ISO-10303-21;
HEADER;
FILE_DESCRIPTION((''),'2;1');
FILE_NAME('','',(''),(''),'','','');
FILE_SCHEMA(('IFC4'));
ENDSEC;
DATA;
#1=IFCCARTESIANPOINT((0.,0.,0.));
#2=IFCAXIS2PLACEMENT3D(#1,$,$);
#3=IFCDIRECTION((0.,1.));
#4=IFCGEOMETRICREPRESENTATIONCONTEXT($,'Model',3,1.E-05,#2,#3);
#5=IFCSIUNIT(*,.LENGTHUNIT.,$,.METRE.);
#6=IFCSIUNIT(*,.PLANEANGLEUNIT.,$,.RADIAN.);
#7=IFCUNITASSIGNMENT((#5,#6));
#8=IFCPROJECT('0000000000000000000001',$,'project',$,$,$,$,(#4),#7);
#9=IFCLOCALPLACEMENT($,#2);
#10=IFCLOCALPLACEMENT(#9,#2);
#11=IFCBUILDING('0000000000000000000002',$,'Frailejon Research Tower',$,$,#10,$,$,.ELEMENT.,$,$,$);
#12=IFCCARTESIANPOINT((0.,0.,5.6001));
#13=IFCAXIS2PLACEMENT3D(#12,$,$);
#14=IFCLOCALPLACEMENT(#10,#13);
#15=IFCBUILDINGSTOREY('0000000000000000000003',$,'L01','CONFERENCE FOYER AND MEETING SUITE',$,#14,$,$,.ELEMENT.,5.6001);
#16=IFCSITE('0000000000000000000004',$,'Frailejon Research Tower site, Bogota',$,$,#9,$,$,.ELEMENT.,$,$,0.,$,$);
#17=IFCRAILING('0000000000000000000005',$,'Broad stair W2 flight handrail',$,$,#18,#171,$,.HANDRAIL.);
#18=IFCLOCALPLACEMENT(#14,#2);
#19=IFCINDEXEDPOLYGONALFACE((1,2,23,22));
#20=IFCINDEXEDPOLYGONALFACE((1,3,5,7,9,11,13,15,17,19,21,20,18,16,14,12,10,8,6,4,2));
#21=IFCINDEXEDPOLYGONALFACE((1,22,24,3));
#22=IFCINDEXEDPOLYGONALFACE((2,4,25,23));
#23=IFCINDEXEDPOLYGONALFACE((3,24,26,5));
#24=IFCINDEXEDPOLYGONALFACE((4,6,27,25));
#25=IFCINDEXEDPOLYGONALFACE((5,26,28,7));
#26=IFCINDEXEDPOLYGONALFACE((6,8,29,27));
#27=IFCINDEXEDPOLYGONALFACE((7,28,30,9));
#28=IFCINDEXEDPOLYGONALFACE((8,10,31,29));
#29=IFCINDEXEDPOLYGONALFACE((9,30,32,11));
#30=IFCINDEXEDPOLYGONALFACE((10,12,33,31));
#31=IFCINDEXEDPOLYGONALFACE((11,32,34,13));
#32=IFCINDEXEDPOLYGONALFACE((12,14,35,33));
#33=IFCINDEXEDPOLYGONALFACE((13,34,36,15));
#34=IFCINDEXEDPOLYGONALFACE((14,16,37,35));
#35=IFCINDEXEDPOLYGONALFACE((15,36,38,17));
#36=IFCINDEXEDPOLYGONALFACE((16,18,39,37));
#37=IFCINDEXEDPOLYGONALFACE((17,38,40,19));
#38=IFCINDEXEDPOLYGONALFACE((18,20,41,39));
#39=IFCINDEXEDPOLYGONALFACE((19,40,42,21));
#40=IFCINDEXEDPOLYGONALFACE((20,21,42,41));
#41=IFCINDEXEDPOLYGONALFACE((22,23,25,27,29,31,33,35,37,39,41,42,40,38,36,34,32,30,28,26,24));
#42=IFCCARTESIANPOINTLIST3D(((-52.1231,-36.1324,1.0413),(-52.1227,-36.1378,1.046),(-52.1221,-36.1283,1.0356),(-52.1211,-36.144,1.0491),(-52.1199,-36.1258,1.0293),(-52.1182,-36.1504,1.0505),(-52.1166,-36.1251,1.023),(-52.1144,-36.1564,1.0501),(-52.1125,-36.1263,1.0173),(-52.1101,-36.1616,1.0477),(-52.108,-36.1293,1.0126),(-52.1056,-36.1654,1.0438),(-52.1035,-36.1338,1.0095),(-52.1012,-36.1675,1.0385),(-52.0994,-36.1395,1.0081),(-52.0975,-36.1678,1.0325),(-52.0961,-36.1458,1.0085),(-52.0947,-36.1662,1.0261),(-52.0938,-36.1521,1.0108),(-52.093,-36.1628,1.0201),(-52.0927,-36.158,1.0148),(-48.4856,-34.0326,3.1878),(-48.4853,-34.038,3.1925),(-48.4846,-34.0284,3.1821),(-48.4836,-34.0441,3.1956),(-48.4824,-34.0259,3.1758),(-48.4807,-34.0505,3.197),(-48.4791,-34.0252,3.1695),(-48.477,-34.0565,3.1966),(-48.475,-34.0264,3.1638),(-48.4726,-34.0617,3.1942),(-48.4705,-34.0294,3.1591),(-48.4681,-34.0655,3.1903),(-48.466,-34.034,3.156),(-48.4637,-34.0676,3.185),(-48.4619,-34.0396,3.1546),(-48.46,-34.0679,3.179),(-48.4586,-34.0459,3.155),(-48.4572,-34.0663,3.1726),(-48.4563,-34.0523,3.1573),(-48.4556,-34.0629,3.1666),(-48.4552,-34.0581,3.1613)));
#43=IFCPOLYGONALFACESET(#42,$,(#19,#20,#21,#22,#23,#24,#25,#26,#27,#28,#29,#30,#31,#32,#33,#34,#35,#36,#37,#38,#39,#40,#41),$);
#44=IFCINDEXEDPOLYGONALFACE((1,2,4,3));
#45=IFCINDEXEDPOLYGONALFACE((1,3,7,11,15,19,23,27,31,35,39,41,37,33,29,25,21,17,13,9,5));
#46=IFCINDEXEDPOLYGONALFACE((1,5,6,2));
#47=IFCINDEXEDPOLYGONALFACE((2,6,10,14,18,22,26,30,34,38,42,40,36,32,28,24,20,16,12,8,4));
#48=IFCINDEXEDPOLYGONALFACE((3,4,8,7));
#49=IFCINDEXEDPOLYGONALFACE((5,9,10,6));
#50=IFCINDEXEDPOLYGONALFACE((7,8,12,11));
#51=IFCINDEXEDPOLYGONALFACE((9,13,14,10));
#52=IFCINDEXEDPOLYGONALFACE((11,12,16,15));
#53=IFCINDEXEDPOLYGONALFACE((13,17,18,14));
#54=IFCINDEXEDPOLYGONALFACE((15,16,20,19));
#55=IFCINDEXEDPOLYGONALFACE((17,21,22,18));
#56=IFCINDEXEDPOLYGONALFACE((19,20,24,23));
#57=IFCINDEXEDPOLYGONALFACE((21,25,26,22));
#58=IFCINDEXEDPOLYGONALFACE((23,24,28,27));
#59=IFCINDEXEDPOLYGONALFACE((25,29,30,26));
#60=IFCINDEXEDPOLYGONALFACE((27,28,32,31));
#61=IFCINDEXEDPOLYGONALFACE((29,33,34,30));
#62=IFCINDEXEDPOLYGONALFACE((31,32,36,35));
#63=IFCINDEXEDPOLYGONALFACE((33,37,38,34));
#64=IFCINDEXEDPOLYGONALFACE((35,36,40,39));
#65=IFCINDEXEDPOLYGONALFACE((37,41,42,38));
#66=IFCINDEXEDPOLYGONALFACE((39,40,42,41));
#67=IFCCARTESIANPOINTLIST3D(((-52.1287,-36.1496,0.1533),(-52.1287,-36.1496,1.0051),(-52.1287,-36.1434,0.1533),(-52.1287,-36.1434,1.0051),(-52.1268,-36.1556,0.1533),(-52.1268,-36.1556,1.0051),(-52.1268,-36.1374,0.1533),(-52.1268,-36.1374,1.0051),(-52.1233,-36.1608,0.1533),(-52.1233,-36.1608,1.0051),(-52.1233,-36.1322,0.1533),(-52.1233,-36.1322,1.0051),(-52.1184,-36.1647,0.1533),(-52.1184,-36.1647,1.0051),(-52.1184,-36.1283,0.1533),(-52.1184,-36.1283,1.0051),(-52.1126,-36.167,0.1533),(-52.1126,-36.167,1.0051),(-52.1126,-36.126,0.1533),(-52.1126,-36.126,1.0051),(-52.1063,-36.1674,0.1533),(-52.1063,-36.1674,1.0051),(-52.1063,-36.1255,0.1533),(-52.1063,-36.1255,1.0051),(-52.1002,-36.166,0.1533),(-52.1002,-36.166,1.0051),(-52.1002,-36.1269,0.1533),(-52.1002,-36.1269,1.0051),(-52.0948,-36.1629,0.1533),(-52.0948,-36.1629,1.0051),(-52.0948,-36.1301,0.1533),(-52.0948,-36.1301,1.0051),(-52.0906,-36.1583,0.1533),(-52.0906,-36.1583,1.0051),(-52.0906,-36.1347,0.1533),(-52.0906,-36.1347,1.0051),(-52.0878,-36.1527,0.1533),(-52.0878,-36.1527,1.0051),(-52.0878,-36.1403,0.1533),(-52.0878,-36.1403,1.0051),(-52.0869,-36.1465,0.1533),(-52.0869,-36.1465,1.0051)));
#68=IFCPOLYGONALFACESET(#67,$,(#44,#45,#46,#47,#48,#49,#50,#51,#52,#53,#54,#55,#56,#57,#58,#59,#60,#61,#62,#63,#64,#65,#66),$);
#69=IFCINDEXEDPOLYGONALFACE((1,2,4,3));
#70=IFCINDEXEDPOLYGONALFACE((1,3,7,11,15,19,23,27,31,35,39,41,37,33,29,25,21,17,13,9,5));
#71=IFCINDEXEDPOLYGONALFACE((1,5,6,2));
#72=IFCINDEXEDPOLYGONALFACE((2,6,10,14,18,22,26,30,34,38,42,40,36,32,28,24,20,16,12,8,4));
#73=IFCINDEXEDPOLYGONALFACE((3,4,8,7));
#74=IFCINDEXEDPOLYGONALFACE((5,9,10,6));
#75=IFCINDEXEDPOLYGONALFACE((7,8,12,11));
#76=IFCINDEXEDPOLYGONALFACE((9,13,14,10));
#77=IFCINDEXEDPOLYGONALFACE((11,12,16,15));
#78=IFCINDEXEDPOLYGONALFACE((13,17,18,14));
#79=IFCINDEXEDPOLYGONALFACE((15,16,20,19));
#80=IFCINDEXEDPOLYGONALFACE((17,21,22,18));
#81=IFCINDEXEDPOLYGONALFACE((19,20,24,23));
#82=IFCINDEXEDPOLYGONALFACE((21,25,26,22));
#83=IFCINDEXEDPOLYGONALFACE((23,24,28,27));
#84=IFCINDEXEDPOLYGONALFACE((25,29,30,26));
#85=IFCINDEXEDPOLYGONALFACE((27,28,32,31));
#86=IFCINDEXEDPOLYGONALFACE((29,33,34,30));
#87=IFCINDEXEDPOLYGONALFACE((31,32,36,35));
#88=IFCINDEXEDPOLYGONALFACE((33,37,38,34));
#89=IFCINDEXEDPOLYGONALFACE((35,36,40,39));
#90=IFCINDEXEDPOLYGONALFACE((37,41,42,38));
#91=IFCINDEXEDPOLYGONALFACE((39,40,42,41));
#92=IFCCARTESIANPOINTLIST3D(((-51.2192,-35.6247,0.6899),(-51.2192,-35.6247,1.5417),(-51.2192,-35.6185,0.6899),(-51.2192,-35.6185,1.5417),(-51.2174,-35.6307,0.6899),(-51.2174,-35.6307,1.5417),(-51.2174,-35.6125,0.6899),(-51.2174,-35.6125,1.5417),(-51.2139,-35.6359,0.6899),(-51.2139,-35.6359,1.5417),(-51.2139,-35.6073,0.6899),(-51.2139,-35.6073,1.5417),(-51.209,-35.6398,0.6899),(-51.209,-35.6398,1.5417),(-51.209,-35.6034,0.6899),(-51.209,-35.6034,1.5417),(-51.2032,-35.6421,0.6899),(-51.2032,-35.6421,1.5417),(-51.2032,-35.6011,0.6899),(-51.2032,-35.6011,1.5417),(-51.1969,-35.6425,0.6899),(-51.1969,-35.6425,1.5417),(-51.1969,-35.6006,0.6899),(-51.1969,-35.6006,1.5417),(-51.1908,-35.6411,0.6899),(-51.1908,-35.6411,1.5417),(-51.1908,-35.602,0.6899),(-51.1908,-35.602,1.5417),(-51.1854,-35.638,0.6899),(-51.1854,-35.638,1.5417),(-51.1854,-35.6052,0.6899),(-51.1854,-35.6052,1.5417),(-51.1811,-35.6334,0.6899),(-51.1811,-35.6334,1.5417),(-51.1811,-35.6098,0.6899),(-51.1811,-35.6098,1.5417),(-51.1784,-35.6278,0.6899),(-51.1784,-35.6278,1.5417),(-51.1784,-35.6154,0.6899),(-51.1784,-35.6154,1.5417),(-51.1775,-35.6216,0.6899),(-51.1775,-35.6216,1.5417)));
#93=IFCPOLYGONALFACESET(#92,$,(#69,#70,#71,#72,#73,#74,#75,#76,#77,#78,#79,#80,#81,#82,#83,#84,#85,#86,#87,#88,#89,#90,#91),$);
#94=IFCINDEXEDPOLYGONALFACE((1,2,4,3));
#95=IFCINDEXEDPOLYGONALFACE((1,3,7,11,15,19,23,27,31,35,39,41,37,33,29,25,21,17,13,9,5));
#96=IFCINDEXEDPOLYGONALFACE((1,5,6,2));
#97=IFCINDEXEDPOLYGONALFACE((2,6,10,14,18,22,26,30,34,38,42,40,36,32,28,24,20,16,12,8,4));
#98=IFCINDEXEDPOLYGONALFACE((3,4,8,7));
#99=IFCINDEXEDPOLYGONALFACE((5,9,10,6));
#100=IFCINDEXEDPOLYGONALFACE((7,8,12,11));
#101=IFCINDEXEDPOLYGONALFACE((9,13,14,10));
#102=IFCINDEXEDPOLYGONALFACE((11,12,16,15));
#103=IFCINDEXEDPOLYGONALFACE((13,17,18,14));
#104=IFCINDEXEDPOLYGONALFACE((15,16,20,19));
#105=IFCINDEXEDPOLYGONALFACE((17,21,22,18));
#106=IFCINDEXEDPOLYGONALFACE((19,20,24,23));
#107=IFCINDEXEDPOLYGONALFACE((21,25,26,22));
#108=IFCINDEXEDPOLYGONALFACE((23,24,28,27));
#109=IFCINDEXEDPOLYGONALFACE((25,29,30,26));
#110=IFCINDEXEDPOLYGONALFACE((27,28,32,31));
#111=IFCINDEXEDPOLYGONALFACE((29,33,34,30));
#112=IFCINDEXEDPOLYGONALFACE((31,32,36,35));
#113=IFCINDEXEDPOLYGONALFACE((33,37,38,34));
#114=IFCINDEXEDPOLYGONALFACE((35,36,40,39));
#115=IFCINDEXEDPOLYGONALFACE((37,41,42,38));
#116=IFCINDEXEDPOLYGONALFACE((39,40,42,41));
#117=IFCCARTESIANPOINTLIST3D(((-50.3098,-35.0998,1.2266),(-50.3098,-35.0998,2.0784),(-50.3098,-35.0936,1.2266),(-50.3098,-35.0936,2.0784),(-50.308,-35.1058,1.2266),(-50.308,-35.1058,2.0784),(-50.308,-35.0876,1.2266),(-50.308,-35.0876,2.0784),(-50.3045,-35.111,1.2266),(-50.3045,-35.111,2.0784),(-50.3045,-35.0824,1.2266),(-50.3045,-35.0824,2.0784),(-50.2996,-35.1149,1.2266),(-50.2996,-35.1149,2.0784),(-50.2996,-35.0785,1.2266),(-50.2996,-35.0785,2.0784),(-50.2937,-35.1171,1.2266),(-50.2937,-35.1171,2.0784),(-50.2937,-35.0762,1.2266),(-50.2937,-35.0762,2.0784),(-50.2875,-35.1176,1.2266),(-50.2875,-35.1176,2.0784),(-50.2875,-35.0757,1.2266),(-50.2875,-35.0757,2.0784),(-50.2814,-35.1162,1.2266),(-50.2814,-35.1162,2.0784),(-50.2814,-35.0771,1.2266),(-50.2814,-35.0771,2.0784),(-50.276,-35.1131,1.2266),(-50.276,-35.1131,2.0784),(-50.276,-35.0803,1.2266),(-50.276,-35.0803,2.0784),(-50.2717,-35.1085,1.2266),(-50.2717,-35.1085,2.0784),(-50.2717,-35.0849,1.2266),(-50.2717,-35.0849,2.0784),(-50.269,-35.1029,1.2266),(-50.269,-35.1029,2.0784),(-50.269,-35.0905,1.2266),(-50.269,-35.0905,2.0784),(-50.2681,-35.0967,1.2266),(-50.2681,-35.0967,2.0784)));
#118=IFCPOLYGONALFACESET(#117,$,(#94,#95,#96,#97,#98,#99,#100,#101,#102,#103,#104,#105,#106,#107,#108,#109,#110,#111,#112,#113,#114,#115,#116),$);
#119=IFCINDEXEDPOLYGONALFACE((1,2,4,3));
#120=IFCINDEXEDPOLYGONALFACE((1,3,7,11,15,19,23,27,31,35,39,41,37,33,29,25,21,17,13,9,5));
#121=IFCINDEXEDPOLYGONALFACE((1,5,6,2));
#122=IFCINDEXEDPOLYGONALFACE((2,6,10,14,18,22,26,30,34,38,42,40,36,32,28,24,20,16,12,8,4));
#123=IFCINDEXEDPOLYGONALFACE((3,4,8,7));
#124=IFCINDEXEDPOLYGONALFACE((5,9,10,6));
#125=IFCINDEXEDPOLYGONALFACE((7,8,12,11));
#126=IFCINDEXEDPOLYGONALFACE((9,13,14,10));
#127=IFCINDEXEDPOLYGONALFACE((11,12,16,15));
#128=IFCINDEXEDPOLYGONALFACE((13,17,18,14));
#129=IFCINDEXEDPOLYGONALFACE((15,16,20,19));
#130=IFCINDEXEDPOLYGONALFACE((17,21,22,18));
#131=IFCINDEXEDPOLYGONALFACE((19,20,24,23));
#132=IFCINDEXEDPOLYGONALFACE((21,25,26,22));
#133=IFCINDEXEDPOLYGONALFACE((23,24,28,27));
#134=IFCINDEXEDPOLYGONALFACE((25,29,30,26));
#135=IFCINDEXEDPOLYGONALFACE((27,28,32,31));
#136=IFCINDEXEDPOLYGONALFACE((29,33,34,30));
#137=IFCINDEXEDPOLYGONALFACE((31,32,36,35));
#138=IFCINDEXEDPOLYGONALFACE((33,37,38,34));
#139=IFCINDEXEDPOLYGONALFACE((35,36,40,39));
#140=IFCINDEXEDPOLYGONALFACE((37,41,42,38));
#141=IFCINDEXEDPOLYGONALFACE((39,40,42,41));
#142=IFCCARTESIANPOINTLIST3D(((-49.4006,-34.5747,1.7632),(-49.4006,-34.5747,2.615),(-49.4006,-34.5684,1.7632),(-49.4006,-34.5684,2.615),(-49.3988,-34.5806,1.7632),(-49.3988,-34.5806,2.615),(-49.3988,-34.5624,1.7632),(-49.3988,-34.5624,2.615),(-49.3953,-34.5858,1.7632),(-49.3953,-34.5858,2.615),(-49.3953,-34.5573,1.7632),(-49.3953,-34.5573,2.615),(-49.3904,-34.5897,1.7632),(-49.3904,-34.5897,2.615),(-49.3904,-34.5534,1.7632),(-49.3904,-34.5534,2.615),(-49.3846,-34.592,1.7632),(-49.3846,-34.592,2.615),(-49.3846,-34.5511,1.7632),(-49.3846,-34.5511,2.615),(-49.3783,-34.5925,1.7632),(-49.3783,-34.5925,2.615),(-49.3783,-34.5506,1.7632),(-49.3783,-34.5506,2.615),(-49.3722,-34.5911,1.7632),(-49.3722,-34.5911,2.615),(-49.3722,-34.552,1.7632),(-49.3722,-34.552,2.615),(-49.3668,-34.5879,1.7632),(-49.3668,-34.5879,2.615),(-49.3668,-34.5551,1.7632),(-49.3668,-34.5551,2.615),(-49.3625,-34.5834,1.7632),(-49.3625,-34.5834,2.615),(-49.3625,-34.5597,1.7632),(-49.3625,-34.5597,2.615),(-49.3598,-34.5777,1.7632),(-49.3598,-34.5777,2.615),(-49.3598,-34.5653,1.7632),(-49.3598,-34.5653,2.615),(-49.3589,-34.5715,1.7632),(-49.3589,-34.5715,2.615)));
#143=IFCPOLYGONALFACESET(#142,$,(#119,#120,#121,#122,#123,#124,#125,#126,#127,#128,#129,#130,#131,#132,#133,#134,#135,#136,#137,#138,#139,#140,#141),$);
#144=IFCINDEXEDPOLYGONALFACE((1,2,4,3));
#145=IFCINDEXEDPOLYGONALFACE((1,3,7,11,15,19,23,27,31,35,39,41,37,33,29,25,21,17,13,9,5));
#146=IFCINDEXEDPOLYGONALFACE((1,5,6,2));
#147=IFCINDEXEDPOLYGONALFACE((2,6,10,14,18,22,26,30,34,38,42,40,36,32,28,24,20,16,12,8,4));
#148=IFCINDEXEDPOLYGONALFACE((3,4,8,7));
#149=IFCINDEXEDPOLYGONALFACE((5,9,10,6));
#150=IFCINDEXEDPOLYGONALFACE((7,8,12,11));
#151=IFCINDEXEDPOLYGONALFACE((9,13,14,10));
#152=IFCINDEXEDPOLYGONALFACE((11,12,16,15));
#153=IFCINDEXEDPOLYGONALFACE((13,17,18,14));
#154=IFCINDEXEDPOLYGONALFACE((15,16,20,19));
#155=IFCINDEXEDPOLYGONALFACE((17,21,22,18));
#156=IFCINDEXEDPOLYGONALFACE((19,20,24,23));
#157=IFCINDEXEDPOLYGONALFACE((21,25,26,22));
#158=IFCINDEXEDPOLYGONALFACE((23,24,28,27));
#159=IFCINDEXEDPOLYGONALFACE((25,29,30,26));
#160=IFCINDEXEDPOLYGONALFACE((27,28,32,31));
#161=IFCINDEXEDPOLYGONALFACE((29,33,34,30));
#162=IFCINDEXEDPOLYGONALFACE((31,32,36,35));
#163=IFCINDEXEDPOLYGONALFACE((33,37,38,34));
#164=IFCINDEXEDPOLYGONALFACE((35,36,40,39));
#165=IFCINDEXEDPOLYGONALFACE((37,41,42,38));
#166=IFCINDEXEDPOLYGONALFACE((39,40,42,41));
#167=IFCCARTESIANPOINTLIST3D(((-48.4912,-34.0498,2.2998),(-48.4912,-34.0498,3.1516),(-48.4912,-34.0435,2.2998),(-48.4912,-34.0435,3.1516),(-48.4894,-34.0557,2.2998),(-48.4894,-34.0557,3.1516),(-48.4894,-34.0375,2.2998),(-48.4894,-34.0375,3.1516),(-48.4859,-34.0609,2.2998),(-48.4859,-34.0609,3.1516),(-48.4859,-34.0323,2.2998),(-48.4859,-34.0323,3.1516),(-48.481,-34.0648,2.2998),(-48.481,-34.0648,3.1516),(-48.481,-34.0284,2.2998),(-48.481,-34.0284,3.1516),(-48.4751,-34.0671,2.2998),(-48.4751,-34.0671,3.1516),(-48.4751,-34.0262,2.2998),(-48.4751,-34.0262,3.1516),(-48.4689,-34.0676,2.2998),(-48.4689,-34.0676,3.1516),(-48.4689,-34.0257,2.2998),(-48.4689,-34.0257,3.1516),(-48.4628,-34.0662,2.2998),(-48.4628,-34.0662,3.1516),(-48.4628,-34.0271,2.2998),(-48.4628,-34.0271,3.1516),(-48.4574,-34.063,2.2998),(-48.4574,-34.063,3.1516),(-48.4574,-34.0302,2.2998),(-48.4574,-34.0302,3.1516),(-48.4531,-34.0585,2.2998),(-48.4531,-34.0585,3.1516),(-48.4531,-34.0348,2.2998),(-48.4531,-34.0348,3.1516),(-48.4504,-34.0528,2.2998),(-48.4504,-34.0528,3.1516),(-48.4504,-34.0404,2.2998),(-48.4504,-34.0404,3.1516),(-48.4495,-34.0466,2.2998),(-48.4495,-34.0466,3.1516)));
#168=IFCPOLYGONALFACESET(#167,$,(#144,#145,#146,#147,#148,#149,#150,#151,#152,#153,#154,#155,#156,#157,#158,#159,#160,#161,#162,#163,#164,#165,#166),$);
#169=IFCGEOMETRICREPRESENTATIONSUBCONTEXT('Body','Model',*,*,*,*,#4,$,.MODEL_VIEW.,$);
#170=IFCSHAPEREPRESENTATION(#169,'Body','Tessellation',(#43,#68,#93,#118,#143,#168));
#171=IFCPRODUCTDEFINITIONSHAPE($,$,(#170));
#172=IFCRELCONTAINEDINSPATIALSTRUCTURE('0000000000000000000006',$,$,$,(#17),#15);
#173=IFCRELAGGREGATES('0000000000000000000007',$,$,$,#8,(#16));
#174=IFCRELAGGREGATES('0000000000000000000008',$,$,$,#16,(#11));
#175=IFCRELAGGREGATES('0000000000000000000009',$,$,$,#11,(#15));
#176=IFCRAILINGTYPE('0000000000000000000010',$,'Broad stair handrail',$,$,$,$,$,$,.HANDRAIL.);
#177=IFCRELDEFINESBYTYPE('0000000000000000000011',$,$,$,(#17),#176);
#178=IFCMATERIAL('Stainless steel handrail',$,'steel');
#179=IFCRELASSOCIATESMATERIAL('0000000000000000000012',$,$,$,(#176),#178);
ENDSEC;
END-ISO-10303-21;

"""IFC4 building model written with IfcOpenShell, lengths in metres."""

from ifc_helpers import new_model, si_unit, direction, frame, origin, origin_2d, place, context, subcontext, project, spatial, circle, extrude, material, type_object, element, save


model = new_model("IFC4")

# Units and contexts
model_context = context("Model", 3, precision=1e-05, world=origin(), true_north=direction((0.0, 1.0)))
body_context = subcontext(model_context, "Body", "Model", "MODEL_VIEW")
ifc_project = project(units=[si_unit("LENGTHUNIT", "METRE"), si_unit("PLANEANGLEUNIT", "RADIAN")], contexts=[model_context])

# Site, building, storey
site_placement = place(None, origin())
site = spatial("IfcSite", under=ifc_project, at=site_placement, Name="Frailejon Research Tower site, Bogota", CompositionType="ELEMENT", RefElevation=0.0)
building_placement = place(site_placement, origin())
building = spatial("IfcBuilding", under=site, at=building_placement, Name="Frailejon Research Tower", CompositionType="ELEMENT")
storey_placement = place(building_placement, frame((0.0, 0.0, 5.6001)))
storey = spatial("IfcBuildingStorey", under=building, at=storey_placement, Name="L01", Description="CONFERENCE FOYER AND MEETING SUITE", CompositionType="ELEMENT", Elevation=5.6001)

# Railing
ifc_material_1 = material(Name="Stainless steel handrail", Category="steel")
railing_type_1 = type_object("IfcRailingType", Name="Broad stair handrail", PredefinedType="HANDRAIL", material=ifc_material_1)
railing_1_placement = place(storey_placement, frame((-52.1079, -36.1465, 0.1533)))
element("IfcRailing", 1, at=railing_1_placement, inside=storey, type_object=railing_type_1, Name="Broad stair W2 flight handrail", PredefinedType="HANDRAIL", context=body_context, shape_type="SweptSolid", body=[
    extrude(circle(Radius=0.0239, at=origin_2d()), frame((0.0, 0.0, 0.876), z_axis=(0.771176, 0.44519, 0.455076), x_axis=(-0.499959, 0.866049, 0.0)), (0.0, 0.0, 1.0), 4.7168),
    extrude(circle(Radius=0.021, at=origin_2d()), origin(), (0.0, 0.0, 1.0), 0.8518),
    extrude(circle(Radius=0.021, at=origin_2d()), frame((0.9094, 0.5249, 0.5366)), (0.0, 0.0, 1.0), 0.8518),
    extrude(circle(Radius=0.021, at=origin_2d()), frame((1.8188, 1.0498, 1.0732)), (0.0, 0.0, 1.0), 0.8518),
    extrude(circle(Radius=0.021, at=origin_2d()), frame((2.728, 1.575, 1.6099)), (0.0, 0.0, 1.0), 0.8518),
    extrude(circle(Radius=0.021, at=origin_2d()), frame((3.6375, 2.0999, 2.1465)), (0.0, 0.0, 1.0), 0.8518),
])

save(model, "model.ifc")
